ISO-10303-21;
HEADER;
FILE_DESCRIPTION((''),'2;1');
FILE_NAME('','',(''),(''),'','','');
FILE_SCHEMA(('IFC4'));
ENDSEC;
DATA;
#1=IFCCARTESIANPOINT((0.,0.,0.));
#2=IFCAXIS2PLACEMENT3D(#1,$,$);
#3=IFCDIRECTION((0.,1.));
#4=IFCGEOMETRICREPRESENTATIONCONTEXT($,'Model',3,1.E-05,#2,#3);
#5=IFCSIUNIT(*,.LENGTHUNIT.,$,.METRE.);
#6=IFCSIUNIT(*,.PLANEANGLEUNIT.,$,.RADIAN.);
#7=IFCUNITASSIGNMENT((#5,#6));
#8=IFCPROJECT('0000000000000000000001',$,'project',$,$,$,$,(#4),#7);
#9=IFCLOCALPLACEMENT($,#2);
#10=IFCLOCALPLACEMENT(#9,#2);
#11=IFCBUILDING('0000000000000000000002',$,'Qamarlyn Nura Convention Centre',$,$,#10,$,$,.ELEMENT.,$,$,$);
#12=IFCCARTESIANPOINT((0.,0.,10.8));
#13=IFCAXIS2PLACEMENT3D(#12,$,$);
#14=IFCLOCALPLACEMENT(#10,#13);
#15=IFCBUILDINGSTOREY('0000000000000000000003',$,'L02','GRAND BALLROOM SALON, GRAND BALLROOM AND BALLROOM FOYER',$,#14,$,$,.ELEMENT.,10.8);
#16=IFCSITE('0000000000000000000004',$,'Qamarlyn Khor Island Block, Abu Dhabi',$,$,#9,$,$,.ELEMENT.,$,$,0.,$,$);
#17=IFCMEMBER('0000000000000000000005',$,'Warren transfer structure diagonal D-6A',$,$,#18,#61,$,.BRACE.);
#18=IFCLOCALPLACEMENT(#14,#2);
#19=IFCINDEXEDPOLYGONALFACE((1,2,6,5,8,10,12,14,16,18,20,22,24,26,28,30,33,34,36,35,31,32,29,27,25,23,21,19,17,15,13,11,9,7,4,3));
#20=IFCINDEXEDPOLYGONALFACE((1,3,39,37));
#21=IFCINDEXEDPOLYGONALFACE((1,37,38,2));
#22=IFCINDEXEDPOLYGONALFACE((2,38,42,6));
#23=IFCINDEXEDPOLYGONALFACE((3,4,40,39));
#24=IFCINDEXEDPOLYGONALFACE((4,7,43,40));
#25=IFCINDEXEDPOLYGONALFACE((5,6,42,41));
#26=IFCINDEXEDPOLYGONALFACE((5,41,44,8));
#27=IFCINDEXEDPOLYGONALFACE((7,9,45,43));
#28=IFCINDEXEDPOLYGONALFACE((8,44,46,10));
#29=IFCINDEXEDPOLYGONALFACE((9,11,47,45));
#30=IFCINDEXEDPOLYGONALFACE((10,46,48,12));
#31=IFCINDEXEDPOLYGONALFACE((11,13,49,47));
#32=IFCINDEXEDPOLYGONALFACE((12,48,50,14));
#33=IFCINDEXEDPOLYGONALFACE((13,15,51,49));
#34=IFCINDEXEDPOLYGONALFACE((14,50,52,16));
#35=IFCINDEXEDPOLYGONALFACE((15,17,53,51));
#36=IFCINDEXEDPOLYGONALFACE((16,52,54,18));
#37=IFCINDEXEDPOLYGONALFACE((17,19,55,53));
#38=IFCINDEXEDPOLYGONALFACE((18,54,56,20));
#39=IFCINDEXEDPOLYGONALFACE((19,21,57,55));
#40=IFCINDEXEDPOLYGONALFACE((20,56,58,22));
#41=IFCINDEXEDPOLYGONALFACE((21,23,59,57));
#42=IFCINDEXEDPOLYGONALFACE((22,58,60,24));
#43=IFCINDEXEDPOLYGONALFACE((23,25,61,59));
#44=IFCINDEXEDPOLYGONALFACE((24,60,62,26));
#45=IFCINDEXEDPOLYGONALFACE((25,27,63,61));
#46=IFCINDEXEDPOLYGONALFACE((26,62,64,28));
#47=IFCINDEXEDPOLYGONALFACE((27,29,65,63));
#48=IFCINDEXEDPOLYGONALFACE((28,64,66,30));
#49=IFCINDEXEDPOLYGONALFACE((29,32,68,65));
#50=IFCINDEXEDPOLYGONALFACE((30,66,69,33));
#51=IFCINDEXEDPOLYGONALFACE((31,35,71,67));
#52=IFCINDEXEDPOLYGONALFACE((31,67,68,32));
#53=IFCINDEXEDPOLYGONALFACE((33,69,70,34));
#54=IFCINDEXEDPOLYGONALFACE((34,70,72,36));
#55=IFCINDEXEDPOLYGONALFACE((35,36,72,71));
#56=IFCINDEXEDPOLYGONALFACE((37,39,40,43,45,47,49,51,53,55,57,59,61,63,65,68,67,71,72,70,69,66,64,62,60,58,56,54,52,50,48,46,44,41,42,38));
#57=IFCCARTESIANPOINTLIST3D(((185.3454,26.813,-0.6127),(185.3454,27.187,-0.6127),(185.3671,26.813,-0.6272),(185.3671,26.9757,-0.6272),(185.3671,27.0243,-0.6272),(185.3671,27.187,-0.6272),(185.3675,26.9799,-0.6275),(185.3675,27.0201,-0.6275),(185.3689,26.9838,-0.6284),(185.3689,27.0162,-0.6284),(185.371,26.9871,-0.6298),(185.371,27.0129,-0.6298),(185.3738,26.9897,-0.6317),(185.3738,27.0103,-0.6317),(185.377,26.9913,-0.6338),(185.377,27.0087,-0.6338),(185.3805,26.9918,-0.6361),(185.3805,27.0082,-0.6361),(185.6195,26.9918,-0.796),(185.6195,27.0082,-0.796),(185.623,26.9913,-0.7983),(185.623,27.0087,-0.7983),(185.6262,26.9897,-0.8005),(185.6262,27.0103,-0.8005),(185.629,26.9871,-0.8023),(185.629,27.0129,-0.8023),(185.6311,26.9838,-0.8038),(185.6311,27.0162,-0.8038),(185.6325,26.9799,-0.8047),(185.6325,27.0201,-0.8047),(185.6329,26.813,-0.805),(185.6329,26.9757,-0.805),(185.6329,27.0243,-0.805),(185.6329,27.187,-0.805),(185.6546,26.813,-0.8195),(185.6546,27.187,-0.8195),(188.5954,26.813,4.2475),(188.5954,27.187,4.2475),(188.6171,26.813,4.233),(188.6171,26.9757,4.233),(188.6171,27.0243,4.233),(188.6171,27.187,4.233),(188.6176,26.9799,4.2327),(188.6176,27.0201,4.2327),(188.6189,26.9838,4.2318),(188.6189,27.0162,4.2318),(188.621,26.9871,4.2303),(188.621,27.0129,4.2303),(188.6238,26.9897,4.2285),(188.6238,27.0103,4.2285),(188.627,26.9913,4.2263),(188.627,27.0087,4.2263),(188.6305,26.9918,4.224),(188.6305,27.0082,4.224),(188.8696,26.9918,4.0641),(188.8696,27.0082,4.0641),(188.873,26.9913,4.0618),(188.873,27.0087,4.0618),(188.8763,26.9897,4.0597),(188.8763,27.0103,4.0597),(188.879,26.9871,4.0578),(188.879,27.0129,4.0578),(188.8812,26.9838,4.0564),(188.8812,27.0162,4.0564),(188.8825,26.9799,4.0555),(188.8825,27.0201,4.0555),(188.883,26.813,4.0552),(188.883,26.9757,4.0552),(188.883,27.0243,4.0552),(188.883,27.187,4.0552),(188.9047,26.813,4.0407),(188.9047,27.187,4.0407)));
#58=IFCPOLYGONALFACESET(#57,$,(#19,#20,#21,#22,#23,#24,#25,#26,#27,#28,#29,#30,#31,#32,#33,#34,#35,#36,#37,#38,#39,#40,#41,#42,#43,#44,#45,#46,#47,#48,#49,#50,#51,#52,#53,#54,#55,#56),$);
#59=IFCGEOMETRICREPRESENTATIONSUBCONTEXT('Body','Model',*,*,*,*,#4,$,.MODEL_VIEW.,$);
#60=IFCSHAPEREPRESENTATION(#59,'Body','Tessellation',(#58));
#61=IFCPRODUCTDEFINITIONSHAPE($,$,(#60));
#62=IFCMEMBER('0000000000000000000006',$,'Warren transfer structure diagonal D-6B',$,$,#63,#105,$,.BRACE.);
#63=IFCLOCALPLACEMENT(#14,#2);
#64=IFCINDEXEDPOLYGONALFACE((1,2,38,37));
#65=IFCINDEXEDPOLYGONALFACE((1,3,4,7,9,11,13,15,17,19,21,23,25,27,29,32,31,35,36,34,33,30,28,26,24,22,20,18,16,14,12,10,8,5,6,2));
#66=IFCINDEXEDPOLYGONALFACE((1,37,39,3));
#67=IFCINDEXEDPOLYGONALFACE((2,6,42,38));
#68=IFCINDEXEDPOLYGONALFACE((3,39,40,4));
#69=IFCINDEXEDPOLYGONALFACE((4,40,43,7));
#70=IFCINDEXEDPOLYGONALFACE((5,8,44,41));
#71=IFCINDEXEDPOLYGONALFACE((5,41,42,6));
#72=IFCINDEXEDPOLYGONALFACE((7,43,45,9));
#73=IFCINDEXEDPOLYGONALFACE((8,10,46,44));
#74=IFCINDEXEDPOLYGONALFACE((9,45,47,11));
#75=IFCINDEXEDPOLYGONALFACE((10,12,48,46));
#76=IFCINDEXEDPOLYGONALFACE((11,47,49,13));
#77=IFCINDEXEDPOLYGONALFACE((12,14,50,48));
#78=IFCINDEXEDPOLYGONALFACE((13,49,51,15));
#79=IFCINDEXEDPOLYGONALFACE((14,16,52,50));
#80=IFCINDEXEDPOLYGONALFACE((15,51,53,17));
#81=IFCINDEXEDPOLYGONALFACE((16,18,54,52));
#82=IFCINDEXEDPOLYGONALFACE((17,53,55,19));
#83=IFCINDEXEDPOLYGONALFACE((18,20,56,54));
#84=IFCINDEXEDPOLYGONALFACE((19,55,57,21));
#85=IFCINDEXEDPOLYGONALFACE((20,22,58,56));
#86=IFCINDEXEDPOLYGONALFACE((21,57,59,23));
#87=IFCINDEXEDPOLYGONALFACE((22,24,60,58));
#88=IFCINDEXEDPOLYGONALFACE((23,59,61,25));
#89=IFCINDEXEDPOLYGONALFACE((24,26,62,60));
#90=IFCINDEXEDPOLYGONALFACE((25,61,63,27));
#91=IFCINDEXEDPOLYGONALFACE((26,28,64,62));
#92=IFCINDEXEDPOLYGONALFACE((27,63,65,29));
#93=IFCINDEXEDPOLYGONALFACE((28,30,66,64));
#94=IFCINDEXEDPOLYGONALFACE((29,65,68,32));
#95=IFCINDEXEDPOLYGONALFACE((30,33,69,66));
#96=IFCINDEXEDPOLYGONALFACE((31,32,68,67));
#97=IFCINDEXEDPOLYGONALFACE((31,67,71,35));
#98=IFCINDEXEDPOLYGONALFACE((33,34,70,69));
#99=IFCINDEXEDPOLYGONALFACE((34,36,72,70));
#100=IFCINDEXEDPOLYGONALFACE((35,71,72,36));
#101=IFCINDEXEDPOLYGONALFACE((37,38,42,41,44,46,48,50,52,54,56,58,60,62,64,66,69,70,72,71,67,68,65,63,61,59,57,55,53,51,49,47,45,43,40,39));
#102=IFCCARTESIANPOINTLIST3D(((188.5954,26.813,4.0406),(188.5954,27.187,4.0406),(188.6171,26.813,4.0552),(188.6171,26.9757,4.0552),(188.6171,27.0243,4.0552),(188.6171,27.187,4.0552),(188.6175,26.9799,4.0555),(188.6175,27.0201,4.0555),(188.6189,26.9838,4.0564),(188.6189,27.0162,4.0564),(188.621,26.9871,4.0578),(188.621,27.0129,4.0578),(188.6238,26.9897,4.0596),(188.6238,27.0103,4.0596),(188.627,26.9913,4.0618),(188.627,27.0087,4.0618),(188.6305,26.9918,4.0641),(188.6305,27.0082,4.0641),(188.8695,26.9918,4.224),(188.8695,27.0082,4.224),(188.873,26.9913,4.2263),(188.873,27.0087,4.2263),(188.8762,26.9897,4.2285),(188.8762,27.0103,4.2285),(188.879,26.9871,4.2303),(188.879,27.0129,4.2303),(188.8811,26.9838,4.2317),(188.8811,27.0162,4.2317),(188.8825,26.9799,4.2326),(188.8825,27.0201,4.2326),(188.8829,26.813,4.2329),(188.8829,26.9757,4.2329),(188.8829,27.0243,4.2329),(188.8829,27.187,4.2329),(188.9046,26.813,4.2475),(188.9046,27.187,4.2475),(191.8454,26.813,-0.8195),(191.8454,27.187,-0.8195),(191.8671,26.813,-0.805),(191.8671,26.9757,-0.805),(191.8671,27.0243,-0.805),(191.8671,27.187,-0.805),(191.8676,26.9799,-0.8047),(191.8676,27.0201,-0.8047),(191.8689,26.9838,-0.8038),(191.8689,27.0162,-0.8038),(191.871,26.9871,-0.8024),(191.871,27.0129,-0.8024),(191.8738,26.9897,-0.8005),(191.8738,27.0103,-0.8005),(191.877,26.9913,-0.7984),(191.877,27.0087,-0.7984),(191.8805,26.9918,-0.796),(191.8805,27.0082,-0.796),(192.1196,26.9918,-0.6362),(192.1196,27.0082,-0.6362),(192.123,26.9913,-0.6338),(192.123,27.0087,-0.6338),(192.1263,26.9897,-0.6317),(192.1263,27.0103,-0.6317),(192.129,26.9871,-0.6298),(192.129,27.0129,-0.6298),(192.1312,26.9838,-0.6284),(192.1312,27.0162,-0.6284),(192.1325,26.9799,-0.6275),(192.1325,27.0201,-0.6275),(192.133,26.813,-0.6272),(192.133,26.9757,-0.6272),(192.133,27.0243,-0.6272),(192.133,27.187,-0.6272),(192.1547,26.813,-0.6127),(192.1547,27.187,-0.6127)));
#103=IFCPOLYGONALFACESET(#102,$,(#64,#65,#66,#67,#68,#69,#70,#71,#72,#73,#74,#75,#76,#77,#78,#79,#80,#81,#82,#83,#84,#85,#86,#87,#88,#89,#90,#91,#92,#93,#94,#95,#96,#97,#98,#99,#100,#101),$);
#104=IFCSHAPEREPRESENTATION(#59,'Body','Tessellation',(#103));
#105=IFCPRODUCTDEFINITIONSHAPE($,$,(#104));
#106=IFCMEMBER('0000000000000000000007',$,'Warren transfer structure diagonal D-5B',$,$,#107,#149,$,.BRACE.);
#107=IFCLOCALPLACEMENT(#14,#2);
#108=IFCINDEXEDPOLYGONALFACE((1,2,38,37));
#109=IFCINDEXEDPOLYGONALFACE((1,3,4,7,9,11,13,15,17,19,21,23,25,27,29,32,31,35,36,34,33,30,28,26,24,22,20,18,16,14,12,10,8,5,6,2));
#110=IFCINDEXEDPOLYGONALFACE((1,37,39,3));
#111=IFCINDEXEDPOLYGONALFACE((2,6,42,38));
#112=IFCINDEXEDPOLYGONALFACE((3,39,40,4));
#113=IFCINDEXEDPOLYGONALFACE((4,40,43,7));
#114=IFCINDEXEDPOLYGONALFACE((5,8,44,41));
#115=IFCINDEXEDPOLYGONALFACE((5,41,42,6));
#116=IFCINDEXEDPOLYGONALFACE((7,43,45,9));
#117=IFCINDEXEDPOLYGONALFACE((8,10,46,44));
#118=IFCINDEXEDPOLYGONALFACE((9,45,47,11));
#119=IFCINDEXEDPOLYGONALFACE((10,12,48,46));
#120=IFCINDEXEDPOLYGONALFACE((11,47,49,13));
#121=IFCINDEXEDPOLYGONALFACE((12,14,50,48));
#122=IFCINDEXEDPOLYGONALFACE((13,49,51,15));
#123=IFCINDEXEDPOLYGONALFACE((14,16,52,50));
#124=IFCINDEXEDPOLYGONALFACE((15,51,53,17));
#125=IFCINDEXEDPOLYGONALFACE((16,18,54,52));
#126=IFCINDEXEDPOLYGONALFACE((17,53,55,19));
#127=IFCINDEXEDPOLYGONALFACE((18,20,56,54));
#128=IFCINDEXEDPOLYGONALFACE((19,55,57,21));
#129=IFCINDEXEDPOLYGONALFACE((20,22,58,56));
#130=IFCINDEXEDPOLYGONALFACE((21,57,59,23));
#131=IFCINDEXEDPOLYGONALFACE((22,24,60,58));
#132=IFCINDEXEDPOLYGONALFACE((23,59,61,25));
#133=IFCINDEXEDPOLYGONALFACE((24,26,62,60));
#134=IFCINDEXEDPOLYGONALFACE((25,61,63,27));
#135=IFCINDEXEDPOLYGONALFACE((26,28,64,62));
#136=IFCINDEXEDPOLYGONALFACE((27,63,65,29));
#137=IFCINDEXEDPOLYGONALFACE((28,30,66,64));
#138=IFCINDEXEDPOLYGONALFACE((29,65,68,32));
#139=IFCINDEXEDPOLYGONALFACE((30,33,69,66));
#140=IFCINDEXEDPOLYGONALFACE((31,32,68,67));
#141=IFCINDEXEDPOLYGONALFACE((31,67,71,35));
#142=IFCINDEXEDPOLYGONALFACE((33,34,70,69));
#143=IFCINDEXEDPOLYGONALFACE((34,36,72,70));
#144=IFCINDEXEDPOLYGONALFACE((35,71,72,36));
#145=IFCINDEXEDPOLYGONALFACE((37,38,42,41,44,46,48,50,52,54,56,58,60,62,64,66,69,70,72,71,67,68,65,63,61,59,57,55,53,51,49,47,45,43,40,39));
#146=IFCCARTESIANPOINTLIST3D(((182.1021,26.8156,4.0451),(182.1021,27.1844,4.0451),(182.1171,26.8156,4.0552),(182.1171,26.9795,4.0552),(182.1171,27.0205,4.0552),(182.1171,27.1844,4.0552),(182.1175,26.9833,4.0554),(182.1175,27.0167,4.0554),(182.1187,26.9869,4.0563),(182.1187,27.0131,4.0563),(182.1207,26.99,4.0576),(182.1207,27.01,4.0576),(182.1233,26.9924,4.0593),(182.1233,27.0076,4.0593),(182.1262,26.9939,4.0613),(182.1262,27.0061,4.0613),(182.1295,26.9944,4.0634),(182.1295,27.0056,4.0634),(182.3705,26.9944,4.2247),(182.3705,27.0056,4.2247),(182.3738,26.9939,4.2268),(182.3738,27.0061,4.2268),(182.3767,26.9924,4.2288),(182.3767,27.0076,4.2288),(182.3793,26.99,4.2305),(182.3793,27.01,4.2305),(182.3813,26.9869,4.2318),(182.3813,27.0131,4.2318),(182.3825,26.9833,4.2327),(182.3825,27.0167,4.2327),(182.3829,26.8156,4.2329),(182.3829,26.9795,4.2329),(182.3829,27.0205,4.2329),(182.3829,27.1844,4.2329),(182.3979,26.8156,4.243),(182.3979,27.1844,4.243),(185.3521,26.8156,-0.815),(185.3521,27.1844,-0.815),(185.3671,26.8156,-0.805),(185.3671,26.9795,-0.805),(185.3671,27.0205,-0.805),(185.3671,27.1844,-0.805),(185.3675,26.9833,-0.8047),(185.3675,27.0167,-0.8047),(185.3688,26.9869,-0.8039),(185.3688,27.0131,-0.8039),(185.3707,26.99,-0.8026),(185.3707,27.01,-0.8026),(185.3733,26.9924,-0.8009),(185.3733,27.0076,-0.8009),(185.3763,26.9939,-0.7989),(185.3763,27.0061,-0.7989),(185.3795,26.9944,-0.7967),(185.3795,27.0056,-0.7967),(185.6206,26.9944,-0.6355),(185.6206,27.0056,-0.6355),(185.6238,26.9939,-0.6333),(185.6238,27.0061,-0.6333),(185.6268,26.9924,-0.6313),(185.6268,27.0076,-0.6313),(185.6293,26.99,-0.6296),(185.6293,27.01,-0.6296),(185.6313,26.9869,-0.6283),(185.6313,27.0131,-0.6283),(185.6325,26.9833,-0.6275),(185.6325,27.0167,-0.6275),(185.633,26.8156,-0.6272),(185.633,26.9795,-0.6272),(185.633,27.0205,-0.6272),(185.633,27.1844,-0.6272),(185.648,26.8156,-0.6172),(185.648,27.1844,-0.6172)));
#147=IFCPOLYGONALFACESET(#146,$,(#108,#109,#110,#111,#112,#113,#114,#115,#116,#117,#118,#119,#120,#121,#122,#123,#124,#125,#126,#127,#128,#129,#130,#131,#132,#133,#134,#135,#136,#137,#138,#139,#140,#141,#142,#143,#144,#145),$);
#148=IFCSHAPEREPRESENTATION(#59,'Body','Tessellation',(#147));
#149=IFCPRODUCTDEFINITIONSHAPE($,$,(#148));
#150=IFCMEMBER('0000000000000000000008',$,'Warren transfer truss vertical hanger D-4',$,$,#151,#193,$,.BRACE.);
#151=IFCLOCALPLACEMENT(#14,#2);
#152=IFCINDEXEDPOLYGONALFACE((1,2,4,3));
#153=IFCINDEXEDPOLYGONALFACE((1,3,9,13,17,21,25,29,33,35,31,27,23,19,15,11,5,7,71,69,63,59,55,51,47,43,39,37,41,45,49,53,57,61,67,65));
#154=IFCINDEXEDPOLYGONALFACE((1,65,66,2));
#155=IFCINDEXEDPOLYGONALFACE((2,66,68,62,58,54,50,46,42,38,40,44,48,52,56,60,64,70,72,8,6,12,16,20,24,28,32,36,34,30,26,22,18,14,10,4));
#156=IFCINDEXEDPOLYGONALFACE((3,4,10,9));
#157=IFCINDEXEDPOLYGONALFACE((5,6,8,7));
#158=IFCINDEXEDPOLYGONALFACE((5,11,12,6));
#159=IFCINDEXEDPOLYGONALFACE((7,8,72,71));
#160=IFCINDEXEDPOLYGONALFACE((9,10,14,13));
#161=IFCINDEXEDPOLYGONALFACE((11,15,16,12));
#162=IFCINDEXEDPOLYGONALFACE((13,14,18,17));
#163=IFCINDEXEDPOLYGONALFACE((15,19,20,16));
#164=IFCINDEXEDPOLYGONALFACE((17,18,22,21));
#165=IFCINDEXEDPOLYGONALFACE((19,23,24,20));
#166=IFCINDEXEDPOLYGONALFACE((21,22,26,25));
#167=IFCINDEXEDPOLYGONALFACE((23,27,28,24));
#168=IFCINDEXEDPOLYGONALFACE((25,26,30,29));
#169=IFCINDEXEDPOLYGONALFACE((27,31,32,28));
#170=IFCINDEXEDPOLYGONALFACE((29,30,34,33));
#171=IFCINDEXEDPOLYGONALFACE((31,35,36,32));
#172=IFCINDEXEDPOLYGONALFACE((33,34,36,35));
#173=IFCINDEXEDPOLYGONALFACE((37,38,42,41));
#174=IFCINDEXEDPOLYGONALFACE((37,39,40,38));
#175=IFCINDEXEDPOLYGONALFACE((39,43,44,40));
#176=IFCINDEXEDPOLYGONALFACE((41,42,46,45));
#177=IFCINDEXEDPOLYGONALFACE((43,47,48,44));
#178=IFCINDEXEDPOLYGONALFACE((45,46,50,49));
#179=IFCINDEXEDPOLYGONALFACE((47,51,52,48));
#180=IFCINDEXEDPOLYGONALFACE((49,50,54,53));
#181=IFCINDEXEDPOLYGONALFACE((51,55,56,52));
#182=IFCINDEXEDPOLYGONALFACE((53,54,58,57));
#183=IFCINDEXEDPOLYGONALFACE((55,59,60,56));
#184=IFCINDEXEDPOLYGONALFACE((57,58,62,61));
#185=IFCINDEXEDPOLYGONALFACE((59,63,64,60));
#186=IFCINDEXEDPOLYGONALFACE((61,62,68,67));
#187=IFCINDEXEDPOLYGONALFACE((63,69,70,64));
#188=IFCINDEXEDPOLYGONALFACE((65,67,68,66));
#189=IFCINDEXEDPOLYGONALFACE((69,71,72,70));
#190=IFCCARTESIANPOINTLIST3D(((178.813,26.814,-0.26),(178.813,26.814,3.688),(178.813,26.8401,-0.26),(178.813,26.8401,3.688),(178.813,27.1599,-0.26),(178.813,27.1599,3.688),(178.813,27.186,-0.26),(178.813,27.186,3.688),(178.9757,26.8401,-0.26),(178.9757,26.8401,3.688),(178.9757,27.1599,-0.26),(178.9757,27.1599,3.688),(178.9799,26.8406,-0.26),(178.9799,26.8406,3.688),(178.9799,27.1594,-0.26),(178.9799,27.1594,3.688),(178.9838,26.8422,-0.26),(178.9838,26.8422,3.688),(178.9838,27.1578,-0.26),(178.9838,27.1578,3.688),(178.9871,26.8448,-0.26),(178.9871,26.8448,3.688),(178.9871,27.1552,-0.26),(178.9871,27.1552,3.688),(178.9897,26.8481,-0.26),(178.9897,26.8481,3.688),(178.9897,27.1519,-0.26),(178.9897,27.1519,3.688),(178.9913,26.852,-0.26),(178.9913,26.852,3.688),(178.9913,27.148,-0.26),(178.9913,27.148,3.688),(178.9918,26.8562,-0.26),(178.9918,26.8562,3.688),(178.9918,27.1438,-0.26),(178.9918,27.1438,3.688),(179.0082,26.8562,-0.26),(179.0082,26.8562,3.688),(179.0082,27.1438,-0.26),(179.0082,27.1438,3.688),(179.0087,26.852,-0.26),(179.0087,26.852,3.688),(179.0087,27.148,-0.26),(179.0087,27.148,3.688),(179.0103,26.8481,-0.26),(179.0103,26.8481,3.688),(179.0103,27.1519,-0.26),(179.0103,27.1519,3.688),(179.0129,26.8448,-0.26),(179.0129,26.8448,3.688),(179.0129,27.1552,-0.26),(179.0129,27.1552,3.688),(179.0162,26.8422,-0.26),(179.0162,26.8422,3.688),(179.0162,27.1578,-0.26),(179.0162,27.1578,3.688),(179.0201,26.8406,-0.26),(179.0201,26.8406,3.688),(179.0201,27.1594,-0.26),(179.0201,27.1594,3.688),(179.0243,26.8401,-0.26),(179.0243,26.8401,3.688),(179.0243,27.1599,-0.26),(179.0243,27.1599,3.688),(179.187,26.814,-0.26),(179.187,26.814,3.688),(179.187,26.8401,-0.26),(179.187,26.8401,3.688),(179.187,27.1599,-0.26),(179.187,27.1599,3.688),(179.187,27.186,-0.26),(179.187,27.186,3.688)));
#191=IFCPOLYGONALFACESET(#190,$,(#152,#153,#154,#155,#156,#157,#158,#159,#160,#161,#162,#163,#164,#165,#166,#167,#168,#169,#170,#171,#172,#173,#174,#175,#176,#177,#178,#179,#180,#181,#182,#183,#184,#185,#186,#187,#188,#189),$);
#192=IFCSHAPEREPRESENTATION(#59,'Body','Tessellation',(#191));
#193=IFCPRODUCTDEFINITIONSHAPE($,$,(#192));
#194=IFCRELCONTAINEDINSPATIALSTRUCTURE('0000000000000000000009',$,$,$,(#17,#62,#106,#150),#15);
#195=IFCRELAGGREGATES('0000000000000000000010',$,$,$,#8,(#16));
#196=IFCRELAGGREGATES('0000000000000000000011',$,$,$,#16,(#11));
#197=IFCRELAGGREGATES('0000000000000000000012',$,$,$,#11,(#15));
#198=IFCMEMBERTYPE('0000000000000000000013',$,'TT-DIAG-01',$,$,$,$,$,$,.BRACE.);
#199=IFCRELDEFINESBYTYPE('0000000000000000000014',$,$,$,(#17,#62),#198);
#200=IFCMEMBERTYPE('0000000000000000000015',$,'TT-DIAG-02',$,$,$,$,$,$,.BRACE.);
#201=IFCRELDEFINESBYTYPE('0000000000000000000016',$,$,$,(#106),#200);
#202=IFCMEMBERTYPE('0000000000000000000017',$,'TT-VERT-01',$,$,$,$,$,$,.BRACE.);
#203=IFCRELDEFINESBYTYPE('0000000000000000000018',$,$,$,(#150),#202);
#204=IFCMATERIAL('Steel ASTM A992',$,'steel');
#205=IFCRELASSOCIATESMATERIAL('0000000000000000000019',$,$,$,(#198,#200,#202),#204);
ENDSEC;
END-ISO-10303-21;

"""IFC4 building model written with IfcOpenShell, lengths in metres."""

from ifc_helpers import new_model, si_unit, direction, frame, origin, origin_2d, place, context, subcontext, project, spatial, i_section, extrude, material, material_profile, profile_set, type_object, element, save


model = new_model("IFC4")

# Units and contexts
model_context = context("Model", 3, precision=1e-05, world=origin(), true_north=direction((0.0, 1.0)))
body_context = subcontext(model_context, "Body", "Model", "MODEL_VIEW")
ifc_project = project(units=[si_unit("LENGTHUNIT", "METRE"), si_unit("PLANEANGLEUNIT", "RADIAN")], contexts=[model_context])

# Site, building, storey
site_placement = place(None, origin())
site = spatial("IfcSite", under=ifc_project, at=site_placement, Name="Qamarlyn Khor Island Block, Abu Dhabi", CompositionType="ELEMENT", RefElevation=0.0)
building_placement = place(site_placement, origin())
building = spatial("IfcBuilding", under=site, at=building_placement, Name="Qamarlyn Nura Convention Centre", CompositionType="ELEMENT")
storey_placement = place(building_placement, frame((0.0, 0.0, 10.8)))
storey = spatial("IfcBuildingStorey", under=building, at=storey_placement, Name="L02", Description="GRAND BALLROOM SALON, GRAND BALLROOM AND BALLROOM FOYER", CompositionType="ELEMENT", Elevation=10.8)

# Shared definitions
ifc_material_1 = material(Name="Steel ASTM A992", Category="steel")

# Members
ifc_material_profile_1 = material_profile(ifc_material_1, i_section(OverallWidth=0.374, OverallDepth=0.3721, WebThickness=0.0164, FlangeThickness=0.0261, FilletRadius=0.0161, at=origin_2d()), Name="W360X196")
ifc_profile_set_1 = profile_set([ifc_material_profile_1], Name="Steel ASTM A992")
member_type_1 = type_object("IfcMemberType", Name="TT-DIAG-01", PredefinedType="BRACE", material=ifc_profile_set_1)
for number, where, z_axis, x_axis, name in (
    (1, (185.5, 27.0, -0.7161), (0.555875, 0.0, 0.831266), (0.0, 1.0, 0.0), "Warren transfer structure diagonal D-6A"),
    (2, (188.75, 27.0, 4.144), (0.555875, 0.0, -0.831266), (0.0, 1.0, 0.0), "Warren transfer structure diagonal D-6B"),
):
    element("IfcMember", number, at=place(storey_placement, frame(where, z_axis=z_axis, x_axis=x_axis)), inside=storey, type_object=member_type_1, Name=name, PredefinedType="BRACE", context=body_context, shape_type="SweptSolid", body=[
        extrude(i_section(OverallWidth=0.374, OverallDepth=0.3721, WebThickness=0.0164, FlangeThickness=0.0261, FilletRadius=0.0161, at=origin_2d()), origin(), (0.0, 0.0, 1.0), 5.8467),
    ])
ifc_material_profile_2 = material_profile(ifc_material_1, i_section(OverallWidth=0.3689, OverallDepth=0.356, WebThickness=0.0112, FlangeThickness=0.0181, FilletRadius=0.0149, at=origin_2d()), Name="W360X134")
ifc_profile_set_2 = profile_set([ifc_material_profile_2], Name="Steel ASTM A992")
member_type_2 = type_object("IfcMemberType", Name="TT-DIAG-02", PredefinedType="BRACE", material=ifc_profile_set_2)
member_1_placement = place(storey_placement, frame((182.25, 27.0, 4.144), z_axis=(0.555875, 0.0, -0.831266), x_axis=(0.0, 1.0, 0.0)))
element("IfcMember", 3, at=member_1_placement, inside=storey, type_object=member_type_2, Name="Warren transfer structure diagonal D-5B", PredefinedType="BRACE", context=body_context, shape_type="SweptSolid", body=[
    extrude(i_section(OverallWidth=0.3689, OverallDepth=0.356, WebThickness=0.0112, FlangeThickness=0.0181, FilletRadius=0.0149, at=origin_2d()), origin(), (0.0, 0.0, 1.0), 5.8467),
])
ifc_material_profile_3 = material_profile(ifc_material_1, i_section(OverallWidth=0.374, OverallDepth=0.3721, WebThickness=0.0164, FlangeThickness=0.0261, FilletRadius=0.0161, at=origin_2d()), Name="W360X196")
ifc_profile_set_3 = profile_set([ifc_material_profile_3], Name="Steel ASTM A992")
member_type_3 = type_object("IfcMemberType", Name="TT-VERT-01", PredefinedType="BRACE", material=ifc_profile_set_3)
for number, where, z_axis, x_axis, name in (
    (4, (179.0, 27.0, -0.26), (0.0, 0.0, 1.0), (1.0, 0.0, 0.0), "Warren transfer truss vertical hanger D-4"),
):
    element("IfcMember", number, at=place(storey_placement, frame(where, z_axis=z_axis, x_axis=x_axis)), inside=storey, type_object=member_type_3, Name=name, PredefinedType="BRACE", context=body_context, shape_type="SweptSolid", body=[
        extrude(i_section(OverallWidth=0.374, OverallDepth=0.3721, WebThickness=0.0164, FlangeThickness=0.0261, FilletRadius=0.0161, at=origin_2d()), origin(), (0.0, 0.0, 1.0), 3.948),
    ])

save(model, "model.ifc")
